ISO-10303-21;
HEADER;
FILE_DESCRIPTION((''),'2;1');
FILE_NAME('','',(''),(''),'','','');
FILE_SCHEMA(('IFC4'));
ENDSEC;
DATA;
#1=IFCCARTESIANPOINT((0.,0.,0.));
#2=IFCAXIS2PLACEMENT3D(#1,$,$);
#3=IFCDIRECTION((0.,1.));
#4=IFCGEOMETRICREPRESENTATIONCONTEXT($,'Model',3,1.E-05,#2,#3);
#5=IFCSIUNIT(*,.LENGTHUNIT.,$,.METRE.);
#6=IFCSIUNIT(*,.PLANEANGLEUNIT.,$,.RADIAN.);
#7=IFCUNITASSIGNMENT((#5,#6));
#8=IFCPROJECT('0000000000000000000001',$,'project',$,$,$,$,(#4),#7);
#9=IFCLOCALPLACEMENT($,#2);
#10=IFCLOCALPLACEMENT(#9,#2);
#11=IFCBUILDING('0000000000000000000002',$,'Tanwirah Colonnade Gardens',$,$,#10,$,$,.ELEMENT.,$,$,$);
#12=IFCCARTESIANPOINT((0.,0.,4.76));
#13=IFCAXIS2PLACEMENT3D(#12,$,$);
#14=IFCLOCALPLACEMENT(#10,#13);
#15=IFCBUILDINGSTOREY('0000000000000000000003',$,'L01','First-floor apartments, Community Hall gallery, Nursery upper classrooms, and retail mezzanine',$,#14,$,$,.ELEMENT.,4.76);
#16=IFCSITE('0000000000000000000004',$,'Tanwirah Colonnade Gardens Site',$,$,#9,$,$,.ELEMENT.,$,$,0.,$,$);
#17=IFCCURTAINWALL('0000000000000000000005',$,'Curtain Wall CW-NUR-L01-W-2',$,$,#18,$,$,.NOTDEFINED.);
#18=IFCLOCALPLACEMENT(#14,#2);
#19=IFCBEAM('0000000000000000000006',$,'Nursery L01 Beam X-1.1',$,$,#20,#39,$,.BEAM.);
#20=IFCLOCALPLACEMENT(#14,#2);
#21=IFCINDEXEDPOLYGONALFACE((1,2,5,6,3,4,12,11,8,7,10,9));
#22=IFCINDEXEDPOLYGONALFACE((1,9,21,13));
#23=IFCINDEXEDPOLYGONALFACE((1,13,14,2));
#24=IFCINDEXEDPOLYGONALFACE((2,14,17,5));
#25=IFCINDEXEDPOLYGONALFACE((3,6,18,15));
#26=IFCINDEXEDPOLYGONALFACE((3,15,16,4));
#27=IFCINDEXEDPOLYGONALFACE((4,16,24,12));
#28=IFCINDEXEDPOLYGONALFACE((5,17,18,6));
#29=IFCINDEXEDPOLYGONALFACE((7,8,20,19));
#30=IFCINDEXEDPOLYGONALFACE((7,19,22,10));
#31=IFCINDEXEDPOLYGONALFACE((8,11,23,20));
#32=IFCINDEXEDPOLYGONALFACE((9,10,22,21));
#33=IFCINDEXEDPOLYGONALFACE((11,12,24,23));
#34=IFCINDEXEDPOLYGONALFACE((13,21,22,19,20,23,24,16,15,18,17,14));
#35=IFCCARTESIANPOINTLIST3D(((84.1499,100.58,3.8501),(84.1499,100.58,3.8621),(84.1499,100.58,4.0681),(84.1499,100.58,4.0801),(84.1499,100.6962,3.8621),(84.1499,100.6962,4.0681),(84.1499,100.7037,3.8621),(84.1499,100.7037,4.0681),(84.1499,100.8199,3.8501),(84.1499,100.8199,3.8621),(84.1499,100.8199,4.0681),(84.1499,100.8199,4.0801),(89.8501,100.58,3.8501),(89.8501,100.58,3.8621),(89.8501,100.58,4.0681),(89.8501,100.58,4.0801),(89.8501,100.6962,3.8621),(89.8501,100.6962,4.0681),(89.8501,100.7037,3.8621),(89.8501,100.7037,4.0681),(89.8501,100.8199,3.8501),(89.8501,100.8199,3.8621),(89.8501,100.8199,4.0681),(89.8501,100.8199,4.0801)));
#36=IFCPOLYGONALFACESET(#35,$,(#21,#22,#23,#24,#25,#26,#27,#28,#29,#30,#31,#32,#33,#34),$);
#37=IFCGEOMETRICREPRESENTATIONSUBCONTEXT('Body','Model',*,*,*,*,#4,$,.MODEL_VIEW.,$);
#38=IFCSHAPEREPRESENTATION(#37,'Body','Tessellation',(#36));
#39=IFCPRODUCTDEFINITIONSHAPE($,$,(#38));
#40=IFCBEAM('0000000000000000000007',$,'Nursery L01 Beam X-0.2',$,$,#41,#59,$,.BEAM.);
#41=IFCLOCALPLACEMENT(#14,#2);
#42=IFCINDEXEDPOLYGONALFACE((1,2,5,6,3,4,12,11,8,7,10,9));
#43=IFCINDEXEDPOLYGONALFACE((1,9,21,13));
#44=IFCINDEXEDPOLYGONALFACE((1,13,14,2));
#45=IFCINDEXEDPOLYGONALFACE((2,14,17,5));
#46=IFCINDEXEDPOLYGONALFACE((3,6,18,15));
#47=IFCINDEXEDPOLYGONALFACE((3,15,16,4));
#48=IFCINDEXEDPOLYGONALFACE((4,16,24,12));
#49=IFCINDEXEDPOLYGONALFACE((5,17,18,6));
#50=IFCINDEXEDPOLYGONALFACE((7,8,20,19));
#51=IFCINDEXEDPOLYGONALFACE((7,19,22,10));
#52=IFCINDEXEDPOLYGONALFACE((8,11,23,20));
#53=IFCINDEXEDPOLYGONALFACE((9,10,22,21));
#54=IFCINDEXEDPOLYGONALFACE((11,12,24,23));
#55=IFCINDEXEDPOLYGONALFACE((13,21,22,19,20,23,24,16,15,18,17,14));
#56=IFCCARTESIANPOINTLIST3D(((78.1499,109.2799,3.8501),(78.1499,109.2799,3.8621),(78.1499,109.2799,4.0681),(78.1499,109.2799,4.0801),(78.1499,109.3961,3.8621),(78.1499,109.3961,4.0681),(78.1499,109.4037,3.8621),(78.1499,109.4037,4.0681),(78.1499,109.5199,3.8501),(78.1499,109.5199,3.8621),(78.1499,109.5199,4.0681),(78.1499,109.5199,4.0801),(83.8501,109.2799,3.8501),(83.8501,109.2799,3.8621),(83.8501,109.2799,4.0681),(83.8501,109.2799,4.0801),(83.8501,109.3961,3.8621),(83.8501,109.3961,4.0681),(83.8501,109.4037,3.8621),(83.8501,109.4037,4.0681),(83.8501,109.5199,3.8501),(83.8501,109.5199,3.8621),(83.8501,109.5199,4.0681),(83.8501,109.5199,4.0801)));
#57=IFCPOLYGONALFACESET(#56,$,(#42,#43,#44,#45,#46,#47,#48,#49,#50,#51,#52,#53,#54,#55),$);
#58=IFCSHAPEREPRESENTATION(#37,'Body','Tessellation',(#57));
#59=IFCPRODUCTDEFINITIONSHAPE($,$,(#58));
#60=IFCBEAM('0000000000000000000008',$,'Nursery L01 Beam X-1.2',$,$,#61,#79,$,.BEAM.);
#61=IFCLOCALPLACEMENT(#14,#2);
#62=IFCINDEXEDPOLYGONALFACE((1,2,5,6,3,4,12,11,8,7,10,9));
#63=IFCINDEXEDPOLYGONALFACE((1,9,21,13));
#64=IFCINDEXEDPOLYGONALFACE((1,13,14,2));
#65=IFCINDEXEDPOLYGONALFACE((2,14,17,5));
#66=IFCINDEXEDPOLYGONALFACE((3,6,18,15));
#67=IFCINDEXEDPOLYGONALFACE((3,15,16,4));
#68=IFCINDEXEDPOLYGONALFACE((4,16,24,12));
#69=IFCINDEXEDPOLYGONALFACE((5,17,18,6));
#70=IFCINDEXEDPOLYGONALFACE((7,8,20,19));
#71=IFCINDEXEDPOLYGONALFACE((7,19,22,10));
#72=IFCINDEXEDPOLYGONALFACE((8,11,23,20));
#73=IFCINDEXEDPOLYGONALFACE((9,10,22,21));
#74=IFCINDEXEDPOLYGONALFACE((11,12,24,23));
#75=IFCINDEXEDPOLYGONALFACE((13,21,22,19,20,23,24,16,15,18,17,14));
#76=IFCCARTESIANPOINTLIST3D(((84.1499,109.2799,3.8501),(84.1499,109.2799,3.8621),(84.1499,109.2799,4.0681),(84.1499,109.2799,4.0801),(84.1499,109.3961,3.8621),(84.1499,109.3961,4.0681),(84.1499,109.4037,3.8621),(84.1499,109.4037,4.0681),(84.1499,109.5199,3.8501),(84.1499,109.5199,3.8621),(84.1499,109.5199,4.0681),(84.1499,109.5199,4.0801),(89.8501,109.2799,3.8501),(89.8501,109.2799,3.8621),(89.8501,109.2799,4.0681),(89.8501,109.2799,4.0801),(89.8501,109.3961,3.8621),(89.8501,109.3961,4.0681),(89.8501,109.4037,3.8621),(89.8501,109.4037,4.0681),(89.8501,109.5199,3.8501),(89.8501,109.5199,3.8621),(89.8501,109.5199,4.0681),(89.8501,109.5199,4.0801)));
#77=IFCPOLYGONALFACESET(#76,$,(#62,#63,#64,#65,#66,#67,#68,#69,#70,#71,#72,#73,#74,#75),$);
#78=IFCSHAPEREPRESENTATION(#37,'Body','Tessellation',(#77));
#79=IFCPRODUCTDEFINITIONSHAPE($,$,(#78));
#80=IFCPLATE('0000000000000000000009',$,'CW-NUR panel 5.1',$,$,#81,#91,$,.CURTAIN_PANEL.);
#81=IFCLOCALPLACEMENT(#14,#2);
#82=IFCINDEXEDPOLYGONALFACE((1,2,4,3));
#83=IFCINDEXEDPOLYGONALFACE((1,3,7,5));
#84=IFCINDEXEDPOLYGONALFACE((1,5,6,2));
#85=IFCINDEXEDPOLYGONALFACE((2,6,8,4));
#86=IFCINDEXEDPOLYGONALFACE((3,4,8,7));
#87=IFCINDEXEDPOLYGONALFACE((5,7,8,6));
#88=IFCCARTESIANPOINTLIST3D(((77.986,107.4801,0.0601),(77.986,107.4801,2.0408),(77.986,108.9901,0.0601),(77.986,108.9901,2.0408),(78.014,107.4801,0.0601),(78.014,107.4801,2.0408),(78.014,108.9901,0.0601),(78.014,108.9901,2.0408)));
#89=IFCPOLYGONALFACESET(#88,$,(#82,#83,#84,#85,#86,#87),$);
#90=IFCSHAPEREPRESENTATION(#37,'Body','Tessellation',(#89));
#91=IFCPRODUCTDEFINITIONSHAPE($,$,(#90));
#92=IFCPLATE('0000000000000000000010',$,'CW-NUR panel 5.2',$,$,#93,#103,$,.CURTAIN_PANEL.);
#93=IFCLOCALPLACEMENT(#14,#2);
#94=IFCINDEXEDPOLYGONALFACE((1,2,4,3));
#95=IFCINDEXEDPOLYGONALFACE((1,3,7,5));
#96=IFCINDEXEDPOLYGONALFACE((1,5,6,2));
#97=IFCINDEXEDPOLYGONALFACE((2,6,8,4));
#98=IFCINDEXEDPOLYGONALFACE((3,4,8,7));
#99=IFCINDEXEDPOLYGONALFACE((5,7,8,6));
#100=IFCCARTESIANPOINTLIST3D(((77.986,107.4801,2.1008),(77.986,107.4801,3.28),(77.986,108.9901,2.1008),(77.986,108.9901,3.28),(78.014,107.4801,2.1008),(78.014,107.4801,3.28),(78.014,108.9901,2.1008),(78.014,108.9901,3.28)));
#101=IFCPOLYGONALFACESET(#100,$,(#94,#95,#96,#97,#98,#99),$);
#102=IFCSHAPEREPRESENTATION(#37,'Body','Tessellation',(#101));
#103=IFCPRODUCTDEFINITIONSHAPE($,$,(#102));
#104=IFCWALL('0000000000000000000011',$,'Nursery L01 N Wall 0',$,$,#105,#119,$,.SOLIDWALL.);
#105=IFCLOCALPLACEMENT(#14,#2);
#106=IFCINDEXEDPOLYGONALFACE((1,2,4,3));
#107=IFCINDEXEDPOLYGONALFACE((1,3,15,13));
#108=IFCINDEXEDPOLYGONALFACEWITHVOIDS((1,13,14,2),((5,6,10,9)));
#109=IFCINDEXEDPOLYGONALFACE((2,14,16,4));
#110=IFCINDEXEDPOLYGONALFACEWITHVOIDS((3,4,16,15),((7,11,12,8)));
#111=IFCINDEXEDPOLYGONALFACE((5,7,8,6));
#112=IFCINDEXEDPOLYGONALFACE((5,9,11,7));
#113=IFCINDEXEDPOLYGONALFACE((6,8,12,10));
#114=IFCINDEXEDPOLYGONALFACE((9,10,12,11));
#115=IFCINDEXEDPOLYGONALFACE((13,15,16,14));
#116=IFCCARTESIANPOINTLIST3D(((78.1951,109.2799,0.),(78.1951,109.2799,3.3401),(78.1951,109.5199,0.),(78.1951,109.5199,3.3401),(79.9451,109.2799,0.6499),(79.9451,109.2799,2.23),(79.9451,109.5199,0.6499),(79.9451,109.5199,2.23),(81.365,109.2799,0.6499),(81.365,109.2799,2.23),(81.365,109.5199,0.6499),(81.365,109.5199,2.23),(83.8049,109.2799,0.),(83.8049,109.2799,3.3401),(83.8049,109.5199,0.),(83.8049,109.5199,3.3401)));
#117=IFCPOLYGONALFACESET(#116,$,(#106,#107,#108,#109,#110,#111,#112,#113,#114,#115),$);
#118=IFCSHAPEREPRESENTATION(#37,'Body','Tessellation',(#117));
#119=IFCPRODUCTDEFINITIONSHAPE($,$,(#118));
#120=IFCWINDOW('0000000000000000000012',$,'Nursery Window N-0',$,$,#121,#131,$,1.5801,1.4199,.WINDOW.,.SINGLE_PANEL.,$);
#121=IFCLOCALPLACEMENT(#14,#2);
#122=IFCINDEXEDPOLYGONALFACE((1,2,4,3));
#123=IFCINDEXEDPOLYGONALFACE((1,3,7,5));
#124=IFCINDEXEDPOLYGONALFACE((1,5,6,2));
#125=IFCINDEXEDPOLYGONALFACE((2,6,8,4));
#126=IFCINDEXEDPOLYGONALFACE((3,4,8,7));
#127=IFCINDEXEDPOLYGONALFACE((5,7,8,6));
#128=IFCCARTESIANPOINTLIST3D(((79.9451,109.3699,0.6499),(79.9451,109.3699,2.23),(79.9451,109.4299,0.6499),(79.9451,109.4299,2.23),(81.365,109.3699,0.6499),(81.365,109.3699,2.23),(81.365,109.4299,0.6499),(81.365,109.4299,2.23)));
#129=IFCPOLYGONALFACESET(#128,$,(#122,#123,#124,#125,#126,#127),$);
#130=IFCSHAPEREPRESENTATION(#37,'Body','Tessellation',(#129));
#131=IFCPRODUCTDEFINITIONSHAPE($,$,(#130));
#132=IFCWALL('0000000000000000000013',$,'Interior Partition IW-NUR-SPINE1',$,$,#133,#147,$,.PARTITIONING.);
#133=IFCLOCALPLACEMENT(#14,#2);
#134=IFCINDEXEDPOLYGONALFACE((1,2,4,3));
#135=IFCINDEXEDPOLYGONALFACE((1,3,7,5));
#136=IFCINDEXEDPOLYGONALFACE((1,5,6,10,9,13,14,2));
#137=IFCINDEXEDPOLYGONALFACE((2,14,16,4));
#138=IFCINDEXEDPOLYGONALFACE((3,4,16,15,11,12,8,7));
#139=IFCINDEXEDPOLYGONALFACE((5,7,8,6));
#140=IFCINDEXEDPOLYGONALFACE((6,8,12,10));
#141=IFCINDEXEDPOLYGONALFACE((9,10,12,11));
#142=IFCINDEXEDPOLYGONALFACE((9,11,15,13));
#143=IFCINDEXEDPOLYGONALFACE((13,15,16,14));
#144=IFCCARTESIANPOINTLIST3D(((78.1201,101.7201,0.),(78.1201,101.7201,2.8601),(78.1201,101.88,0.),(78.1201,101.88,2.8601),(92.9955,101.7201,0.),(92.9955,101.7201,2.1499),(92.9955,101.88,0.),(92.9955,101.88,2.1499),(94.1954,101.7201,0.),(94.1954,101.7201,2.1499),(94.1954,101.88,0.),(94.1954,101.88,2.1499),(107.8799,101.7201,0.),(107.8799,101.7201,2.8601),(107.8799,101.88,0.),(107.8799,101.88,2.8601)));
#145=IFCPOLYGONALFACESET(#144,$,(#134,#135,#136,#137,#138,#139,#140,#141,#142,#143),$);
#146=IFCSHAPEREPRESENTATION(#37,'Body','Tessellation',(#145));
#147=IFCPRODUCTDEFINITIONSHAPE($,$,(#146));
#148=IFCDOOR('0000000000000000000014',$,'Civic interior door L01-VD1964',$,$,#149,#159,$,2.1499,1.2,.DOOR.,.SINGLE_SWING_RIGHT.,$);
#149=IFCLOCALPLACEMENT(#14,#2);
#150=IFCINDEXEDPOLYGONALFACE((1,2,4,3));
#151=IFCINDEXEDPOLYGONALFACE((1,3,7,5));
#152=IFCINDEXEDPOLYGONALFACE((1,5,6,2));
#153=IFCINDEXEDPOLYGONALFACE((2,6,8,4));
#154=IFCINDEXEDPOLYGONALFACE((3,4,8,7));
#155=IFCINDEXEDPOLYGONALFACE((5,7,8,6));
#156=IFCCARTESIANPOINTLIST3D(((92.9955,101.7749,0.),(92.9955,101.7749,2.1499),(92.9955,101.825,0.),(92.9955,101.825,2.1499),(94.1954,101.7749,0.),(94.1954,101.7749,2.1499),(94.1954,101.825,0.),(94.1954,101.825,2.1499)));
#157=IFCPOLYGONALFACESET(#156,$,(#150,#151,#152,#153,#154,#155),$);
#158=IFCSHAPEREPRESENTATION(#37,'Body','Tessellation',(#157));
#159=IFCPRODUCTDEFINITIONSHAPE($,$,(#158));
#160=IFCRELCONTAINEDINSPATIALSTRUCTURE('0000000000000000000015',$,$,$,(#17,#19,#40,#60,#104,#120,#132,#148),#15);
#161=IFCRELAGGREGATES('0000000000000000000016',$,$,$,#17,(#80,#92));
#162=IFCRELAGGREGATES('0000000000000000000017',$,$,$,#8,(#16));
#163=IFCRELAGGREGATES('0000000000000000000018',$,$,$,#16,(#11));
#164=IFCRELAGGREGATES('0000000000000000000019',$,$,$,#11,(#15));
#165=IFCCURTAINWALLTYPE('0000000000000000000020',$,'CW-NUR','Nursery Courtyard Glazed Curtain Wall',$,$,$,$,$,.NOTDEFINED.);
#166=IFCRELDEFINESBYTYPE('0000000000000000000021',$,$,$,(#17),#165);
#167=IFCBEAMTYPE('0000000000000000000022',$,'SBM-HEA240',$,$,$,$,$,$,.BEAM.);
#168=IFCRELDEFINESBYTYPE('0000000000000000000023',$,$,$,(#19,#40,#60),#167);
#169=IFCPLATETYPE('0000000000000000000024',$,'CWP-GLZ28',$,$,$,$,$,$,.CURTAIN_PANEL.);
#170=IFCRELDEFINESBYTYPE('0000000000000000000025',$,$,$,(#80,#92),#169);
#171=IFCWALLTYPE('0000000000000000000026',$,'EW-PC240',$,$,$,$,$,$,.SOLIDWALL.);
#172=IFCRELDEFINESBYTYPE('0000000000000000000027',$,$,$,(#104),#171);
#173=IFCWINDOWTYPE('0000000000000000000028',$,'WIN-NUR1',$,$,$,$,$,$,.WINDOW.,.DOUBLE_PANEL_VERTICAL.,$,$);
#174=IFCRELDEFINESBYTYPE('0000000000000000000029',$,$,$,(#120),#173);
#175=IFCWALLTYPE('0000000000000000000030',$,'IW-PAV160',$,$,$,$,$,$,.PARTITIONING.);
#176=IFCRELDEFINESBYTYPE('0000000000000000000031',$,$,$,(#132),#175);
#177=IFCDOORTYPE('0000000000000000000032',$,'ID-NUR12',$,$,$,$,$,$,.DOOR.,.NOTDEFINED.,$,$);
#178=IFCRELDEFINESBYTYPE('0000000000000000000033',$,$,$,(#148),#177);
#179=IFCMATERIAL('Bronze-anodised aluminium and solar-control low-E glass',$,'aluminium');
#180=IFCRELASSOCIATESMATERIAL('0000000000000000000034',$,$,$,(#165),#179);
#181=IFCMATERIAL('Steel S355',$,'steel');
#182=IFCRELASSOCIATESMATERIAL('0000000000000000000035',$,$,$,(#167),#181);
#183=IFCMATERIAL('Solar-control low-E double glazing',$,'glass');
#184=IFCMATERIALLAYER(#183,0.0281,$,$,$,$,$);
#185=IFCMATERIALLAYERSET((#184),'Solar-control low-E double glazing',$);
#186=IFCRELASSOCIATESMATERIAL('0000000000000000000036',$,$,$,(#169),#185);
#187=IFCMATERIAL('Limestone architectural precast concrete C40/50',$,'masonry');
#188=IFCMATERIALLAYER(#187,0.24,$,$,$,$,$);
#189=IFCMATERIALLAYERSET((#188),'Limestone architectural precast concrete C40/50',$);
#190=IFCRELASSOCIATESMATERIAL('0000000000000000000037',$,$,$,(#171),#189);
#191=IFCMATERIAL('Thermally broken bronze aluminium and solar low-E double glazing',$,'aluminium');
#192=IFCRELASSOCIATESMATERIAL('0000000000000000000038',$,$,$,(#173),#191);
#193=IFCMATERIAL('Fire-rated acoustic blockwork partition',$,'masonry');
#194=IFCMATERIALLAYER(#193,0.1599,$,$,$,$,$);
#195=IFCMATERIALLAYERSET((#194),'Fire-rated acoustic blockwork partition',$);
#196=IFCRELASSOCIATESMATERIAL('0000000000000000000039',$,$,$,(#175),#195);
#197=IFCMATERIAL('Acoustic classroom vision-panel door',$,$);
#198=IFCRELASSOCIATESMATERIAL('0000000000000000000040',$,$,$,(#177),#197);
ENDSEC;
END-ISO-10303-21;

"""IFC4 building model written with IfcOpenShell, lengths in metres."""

from ifc_helpers import new_model, si_unit, direction, frame, frame_2d, origin, origin_2d, place, context, subcontext, project, spatial, rectangle, i_section, extrude, material, layer, layer_set, material_profile, profile_set, type_object, element, fill, aggregate, save


model = new_model("IFC4")

# Units and contexts
model_context = context("Model", 3, precision=1e-05, world=origin(), true_north=direction((0.0, 1.0)))
body_context = subcontext(model_context, "Body", "Model", "MODEL_VIEW")
ifc_project = project(units=[si_unit("LENGTHUNIT", "METRE"), si_unit("PLANEANGLEUNIT", "RADIAN")], contexts=[model_context])

# Site, building, storey
site_placement = place(None, origin())
site = spatial("IfcSite", under=ifc_project, at=site_placement, Name="Tanwirah Colonnade Gardens Site", CompositionType="ELEMENT", RefElevation=0.0)
building_placement = place(site_placement, origin())
building = spatial("IfcBuilding", under=site, at=building_placement, Name="Tanwirah Colonnade Gardens", CompositionType="ELEMENT")
storey_placement = place(building_placement, frame((0.0, 0.0, 4.76)))
storey = spatial("IfcBuildingStorey", under=building, at=storey_placement, Name="L01", Description="First-floor apartments, Community Hall gallery, Nursery upper classrooms, and retail mezzanine", CompositionType="ELEMENT", Elevation=4.76)

# Curtain wall
ifc_material_1 = material(Name="Bronze-anodised aluminium and solar-control low-E glass", Category="aluminium")
curtain_wall_type = type_object("IfcCurtainWallType", Name="CW-NUR", Description="Nursery Courtyard Glazed Curtain Wall", PredefinedType="NOTDEFINED", material=ifc_material_1)
curtain_wall_1_placement = place(storey_placement, origin())
curtain_wall_1 = element("IfcCurtainWall", 1, at=curtain_wall_1_placement, inside=storey, type_object=curtain_wall_type, Name="Curtain Wall CW-NUR-L01-W-2", PredefinedType="NOTDEFINED")

# Beams
ifc_material_2 = material(Name="Steel S355", Category="steel")
ifc_material_profile_1 = material_profile(ifc_material_2, i_section(OverallWidth=0.24, OverallDepth=0.23, WebThickness=0.0076, FlangeThickness=0.012, at=origin_2d()), Name="HEA 240")
ifc_profile_set_1 = profile_set([ifc_material_profile_1], Name="Steel S355")
beam_type = type_object("IfcBeamType", Name="SBM-HEA240", PredefinedType="BEAM", material=ifc_profile_set_1)
for number, where, z_axis, x_axis, name in (
    (2, (84.1499, 100.7, 3.9651), (1.0, 0.0, 0.0), (0.0, 1.0, 0.0), "Nursery L01 Beam X-1.1"),
    (3, (78.1499, 109.3999, 3.9651), (1.0, 0.0, 0.0), (0.0, 1.0, 0.0), "Nursery L01 Beam X-0.2"),
    (4, (84.1499, 109.3999, 3.9651), (1.0, 0.0, 0.0), (0.0, 1.0, 0.0), "Nursery L01 Beam X-1.2"),
):
    element("IfcBeam", number, at=place(storey_placement, frame(where, z_axis=z_axis, x_axis=x_axis)), inside=storey, type_object=beam_type, Name=name, PredefinedType="BEAM", context=body_context, shape_type="SweptSolid", body=[
        extrude(i_section(OverallWidth=0.24, OverallDepth=0.23, WebThickness=0.0076, FlangeThickness=0.012, at=origin_2d()), origin(), (0.0, 0.0, 1.0), 5.7002),
    ])

# Plates
ifc_material_3 = material(Name="Solar-control low-E double glazing", Category="glass")
ifc_layer_1 = layer(ifc_material_3, 0.0281)
ifc_layer_set_1 = layer_set([ifc_layer_1], Name="Solar-control low-E double glazing")
plate_type = type_object("IfcPlateType", Name="CWP-GLZ28", PredefinedType="CURTAIN_PANEL", material=ifc_layer_set_1)
plate_1_placement = place(storey_placement, frame((78.0, 108.2351, 0.0601), z_axis=(0.0, 0.0, 1.0), x_axis=(0.0, 1.0, 0.0)))
plate_1 = element("IfcPlate", 5, at=plate_1_placement, type_object=plate_type, Name="CW-NUR panel 5.1", PredefinedType="CURTAIN_PANEL", context=body_context, shape_type="SweptSolid", body=[
    extrude(rectangle(XDim=1.51, YDim=0.0281, at=origin_2d()), origin(), (0.0, 0.0, 1.0), 1.9807),
])
plate_2_placement = place(storey_placement, frame((78.0, 108.2351, 2.1008), z_axis=(0.0, 0.0, 1.0), x_axis=(0.0, 1.0, 0.0)))
plate_2 = element("IfcPlate", 6, at=plate_2_placement, type_object=plate_type, Name="CW-NUR panel 5.2", PredefinedType="CURTAIN_PANEL", context=body_context, shape_type="SweptSolid", body=[
    extrude(rectangle(XDim=1.51, YDim=0.0281, at=origin_2d()), origin(), (0.0, 0.0, 1.0), 1.1792),
])
aggregate(curtain_wall_1, [plate_1, plate_2])

# Wall, opening, window
ifc_material_4 = material(Name="Limestone architectural precast concrete C40/50", Category="masonry")
ifc_layer_2 = layer(ifc_material_4, 0.24)
ifc_layer_set_2 = layer_set([ifc_layer_2], Name="Limestone architectural precast concrete C40/50")
wall_type_1 = type_object("IfcWallType", Name="EW-PC240", PredefinedType="SOLIDWALL", material=ifc_layer_set_2)
wall_1_placement = place(storey_placement, frame((78.1951, 109.3999, 0.0), z_axis=(0.0, 0.0, 1.0), x_axis=(1.0, 0.0, 0.0)))
wall_1 = element("IfcWall", 7, at=wall_1_placement, inside=storey, type_object=wall_type_1, Name="Nursery L01 N Wall 0", PredefinedType="SOLIDWALL", context=body_context, shape_type="SweptSolid", body=[
    extrude(rectangle(XDim=5.6099, YDim=0.24, at=frame_2d((2.8049, 0.0))), origin(), (0.0, 0.0, 1.0), 3.3401),
])
opening_1_placement = place(wall_1_placement, frame((1.75, 0.0, 0.6499)))
opening_1 = element("IfcOpeningElement", 8, at=opening_1_placement, cuts=wall_1, PredefinedType="OPENING", context=body_context, shape_type="SweptSolid", body=[
    extrude(rectangle(XDim=1.4199, YDim=1.5801, at=frame_2d((0.71, 0.79))), frame((0.0, 0.1299, 0.0), z_axis=(0.0, -1.0, 0.0), x_axis=(1.0, 0.0, 0.0)), (0.0, 0.0, 1.0), 0.26),
])
ifc_material_5 = material(Name="Thermally broken bronze aluminium and solar low-E double glazing", Category="aluminium")
window_type = type_object("IfcWindowType", Name="WIN-NUR1", PartitioningType="DOUBLE_PANEL_VERTICAL", PredefinedType="WINDOW", material=ifc_material_5)
window_placement = place(opening_1_placement, origin())
window = element("IfcWindow", 9, at=window_placement, inside=storey, type_object=window_type, Name="Nursery Window N-0", OverallHeight=1.5801, OverallWidth=1.4199, PartitioningType="SINGLE_PANEL", PredefinedType="WINDOW", context=body_context, shape_type="SweptSolid", body=[
    extrude(rectangle(XDim=1.4199, YDim=1.5801, at=frame_2d((0.71, 0.79))), frame((0.0, 0.03, 0.0), z_axis=(0.0, -1.0, 0.0), x_axis=(1.0, 0.0, 0.0)), (0.0, 0.0, 1.0), 0.0601),
])
fill(opening_1, window)

# Wall, opening, door
ifc_material_6 = material(Name="Fire-rated acoustic blockwork partition", Category="masonry")
ifc_layer_3 = layer(ifc_material_6, 0.1599)
ifc_layer_set_3 = layer_set([ifc_layer_3], Name="Fire-rated acoustic blockwork partition")
wall_type_2 = type_object("IfcWallType", Name="IW-PAV160", PredefinedType="PARTITIONING", material=ifc_layer_set_3)
wall_2_placement = place(storey_placement, frame((78.1201, 101.8, 0.0), z_axis=(0.0, 0.0, 1.0), x_axis=(1.0, 0.0, 0.0)))
wall_2 = element("IfcWall", 10, at=wall_2_placement, inside=storey, type_object=wall_type_2, Name="Interior Partition IW-NUR-SPINE1", PredefinedType="PARTITIONING", context=body_context, shape_type="SweptSolid", body=[
    extrude(rectangle(XDim=29.7598, YDim=0.1599, at=frame_2d((14.8799, 0.0))), origin(), (0.0, 0.0, 1.0), 2.8601),
])
opening_2_placement = place(wall_2_placement, frame((14.8752, 0.0, 0.0)))
opening_2 = element("IfcOpeningElement", 11, at=opening_2_placement, cuts=wall_2, PredefinedType="OPENING", context=body_context, shape_type="SweptSolid", body=[
    extrude(rectangle(XDim=1.2, YDim=2.1499, at=frame_2d((0.6001, 1.075))), frame((0.0, 0.0898, 0.0), z_axis=(0.0, -1.0, 0.0), x_axis=(1.0, 0.0, 0.0)), (0.0, 0.0, 1.0), 0.1799),
])
ifc_material_7 = material(Name="Acoustic classroom vision-panel door")
door_type = type_object("IfcDoorType", Name="ID-NUR12", OperationType="NOTDEFINED", PredefinedType="DOOR", material=ifc_material_7)
door_placement = place(opening_2_placement, origin())
door = element("IfcDoor", 12, at=door_placement, inside=storey, type_object=door_type, Name="Civic interior door L01-VD1964", OperationType="SINGLE_SWING_RIGHT", OverallHeight=2.1499, OverallWidth=1.2, PredefinedType="DOOR", context=body_context, shape_type="SweptSolid", body=[
    extrude(rectangle(XDim=1.2, YDim=2.1499, at=frame_2d((0.6001, 1.075))), frame((0.0, 0.0249, 0.0), z_axis=(0.0, -1.0, 0.0), x_axis=(1.0, 0.0, 0.0)), (0.0, 0.0, 1.0), 0.05),
])
fill(opening_2, door)

save(model, "model.ifc")
